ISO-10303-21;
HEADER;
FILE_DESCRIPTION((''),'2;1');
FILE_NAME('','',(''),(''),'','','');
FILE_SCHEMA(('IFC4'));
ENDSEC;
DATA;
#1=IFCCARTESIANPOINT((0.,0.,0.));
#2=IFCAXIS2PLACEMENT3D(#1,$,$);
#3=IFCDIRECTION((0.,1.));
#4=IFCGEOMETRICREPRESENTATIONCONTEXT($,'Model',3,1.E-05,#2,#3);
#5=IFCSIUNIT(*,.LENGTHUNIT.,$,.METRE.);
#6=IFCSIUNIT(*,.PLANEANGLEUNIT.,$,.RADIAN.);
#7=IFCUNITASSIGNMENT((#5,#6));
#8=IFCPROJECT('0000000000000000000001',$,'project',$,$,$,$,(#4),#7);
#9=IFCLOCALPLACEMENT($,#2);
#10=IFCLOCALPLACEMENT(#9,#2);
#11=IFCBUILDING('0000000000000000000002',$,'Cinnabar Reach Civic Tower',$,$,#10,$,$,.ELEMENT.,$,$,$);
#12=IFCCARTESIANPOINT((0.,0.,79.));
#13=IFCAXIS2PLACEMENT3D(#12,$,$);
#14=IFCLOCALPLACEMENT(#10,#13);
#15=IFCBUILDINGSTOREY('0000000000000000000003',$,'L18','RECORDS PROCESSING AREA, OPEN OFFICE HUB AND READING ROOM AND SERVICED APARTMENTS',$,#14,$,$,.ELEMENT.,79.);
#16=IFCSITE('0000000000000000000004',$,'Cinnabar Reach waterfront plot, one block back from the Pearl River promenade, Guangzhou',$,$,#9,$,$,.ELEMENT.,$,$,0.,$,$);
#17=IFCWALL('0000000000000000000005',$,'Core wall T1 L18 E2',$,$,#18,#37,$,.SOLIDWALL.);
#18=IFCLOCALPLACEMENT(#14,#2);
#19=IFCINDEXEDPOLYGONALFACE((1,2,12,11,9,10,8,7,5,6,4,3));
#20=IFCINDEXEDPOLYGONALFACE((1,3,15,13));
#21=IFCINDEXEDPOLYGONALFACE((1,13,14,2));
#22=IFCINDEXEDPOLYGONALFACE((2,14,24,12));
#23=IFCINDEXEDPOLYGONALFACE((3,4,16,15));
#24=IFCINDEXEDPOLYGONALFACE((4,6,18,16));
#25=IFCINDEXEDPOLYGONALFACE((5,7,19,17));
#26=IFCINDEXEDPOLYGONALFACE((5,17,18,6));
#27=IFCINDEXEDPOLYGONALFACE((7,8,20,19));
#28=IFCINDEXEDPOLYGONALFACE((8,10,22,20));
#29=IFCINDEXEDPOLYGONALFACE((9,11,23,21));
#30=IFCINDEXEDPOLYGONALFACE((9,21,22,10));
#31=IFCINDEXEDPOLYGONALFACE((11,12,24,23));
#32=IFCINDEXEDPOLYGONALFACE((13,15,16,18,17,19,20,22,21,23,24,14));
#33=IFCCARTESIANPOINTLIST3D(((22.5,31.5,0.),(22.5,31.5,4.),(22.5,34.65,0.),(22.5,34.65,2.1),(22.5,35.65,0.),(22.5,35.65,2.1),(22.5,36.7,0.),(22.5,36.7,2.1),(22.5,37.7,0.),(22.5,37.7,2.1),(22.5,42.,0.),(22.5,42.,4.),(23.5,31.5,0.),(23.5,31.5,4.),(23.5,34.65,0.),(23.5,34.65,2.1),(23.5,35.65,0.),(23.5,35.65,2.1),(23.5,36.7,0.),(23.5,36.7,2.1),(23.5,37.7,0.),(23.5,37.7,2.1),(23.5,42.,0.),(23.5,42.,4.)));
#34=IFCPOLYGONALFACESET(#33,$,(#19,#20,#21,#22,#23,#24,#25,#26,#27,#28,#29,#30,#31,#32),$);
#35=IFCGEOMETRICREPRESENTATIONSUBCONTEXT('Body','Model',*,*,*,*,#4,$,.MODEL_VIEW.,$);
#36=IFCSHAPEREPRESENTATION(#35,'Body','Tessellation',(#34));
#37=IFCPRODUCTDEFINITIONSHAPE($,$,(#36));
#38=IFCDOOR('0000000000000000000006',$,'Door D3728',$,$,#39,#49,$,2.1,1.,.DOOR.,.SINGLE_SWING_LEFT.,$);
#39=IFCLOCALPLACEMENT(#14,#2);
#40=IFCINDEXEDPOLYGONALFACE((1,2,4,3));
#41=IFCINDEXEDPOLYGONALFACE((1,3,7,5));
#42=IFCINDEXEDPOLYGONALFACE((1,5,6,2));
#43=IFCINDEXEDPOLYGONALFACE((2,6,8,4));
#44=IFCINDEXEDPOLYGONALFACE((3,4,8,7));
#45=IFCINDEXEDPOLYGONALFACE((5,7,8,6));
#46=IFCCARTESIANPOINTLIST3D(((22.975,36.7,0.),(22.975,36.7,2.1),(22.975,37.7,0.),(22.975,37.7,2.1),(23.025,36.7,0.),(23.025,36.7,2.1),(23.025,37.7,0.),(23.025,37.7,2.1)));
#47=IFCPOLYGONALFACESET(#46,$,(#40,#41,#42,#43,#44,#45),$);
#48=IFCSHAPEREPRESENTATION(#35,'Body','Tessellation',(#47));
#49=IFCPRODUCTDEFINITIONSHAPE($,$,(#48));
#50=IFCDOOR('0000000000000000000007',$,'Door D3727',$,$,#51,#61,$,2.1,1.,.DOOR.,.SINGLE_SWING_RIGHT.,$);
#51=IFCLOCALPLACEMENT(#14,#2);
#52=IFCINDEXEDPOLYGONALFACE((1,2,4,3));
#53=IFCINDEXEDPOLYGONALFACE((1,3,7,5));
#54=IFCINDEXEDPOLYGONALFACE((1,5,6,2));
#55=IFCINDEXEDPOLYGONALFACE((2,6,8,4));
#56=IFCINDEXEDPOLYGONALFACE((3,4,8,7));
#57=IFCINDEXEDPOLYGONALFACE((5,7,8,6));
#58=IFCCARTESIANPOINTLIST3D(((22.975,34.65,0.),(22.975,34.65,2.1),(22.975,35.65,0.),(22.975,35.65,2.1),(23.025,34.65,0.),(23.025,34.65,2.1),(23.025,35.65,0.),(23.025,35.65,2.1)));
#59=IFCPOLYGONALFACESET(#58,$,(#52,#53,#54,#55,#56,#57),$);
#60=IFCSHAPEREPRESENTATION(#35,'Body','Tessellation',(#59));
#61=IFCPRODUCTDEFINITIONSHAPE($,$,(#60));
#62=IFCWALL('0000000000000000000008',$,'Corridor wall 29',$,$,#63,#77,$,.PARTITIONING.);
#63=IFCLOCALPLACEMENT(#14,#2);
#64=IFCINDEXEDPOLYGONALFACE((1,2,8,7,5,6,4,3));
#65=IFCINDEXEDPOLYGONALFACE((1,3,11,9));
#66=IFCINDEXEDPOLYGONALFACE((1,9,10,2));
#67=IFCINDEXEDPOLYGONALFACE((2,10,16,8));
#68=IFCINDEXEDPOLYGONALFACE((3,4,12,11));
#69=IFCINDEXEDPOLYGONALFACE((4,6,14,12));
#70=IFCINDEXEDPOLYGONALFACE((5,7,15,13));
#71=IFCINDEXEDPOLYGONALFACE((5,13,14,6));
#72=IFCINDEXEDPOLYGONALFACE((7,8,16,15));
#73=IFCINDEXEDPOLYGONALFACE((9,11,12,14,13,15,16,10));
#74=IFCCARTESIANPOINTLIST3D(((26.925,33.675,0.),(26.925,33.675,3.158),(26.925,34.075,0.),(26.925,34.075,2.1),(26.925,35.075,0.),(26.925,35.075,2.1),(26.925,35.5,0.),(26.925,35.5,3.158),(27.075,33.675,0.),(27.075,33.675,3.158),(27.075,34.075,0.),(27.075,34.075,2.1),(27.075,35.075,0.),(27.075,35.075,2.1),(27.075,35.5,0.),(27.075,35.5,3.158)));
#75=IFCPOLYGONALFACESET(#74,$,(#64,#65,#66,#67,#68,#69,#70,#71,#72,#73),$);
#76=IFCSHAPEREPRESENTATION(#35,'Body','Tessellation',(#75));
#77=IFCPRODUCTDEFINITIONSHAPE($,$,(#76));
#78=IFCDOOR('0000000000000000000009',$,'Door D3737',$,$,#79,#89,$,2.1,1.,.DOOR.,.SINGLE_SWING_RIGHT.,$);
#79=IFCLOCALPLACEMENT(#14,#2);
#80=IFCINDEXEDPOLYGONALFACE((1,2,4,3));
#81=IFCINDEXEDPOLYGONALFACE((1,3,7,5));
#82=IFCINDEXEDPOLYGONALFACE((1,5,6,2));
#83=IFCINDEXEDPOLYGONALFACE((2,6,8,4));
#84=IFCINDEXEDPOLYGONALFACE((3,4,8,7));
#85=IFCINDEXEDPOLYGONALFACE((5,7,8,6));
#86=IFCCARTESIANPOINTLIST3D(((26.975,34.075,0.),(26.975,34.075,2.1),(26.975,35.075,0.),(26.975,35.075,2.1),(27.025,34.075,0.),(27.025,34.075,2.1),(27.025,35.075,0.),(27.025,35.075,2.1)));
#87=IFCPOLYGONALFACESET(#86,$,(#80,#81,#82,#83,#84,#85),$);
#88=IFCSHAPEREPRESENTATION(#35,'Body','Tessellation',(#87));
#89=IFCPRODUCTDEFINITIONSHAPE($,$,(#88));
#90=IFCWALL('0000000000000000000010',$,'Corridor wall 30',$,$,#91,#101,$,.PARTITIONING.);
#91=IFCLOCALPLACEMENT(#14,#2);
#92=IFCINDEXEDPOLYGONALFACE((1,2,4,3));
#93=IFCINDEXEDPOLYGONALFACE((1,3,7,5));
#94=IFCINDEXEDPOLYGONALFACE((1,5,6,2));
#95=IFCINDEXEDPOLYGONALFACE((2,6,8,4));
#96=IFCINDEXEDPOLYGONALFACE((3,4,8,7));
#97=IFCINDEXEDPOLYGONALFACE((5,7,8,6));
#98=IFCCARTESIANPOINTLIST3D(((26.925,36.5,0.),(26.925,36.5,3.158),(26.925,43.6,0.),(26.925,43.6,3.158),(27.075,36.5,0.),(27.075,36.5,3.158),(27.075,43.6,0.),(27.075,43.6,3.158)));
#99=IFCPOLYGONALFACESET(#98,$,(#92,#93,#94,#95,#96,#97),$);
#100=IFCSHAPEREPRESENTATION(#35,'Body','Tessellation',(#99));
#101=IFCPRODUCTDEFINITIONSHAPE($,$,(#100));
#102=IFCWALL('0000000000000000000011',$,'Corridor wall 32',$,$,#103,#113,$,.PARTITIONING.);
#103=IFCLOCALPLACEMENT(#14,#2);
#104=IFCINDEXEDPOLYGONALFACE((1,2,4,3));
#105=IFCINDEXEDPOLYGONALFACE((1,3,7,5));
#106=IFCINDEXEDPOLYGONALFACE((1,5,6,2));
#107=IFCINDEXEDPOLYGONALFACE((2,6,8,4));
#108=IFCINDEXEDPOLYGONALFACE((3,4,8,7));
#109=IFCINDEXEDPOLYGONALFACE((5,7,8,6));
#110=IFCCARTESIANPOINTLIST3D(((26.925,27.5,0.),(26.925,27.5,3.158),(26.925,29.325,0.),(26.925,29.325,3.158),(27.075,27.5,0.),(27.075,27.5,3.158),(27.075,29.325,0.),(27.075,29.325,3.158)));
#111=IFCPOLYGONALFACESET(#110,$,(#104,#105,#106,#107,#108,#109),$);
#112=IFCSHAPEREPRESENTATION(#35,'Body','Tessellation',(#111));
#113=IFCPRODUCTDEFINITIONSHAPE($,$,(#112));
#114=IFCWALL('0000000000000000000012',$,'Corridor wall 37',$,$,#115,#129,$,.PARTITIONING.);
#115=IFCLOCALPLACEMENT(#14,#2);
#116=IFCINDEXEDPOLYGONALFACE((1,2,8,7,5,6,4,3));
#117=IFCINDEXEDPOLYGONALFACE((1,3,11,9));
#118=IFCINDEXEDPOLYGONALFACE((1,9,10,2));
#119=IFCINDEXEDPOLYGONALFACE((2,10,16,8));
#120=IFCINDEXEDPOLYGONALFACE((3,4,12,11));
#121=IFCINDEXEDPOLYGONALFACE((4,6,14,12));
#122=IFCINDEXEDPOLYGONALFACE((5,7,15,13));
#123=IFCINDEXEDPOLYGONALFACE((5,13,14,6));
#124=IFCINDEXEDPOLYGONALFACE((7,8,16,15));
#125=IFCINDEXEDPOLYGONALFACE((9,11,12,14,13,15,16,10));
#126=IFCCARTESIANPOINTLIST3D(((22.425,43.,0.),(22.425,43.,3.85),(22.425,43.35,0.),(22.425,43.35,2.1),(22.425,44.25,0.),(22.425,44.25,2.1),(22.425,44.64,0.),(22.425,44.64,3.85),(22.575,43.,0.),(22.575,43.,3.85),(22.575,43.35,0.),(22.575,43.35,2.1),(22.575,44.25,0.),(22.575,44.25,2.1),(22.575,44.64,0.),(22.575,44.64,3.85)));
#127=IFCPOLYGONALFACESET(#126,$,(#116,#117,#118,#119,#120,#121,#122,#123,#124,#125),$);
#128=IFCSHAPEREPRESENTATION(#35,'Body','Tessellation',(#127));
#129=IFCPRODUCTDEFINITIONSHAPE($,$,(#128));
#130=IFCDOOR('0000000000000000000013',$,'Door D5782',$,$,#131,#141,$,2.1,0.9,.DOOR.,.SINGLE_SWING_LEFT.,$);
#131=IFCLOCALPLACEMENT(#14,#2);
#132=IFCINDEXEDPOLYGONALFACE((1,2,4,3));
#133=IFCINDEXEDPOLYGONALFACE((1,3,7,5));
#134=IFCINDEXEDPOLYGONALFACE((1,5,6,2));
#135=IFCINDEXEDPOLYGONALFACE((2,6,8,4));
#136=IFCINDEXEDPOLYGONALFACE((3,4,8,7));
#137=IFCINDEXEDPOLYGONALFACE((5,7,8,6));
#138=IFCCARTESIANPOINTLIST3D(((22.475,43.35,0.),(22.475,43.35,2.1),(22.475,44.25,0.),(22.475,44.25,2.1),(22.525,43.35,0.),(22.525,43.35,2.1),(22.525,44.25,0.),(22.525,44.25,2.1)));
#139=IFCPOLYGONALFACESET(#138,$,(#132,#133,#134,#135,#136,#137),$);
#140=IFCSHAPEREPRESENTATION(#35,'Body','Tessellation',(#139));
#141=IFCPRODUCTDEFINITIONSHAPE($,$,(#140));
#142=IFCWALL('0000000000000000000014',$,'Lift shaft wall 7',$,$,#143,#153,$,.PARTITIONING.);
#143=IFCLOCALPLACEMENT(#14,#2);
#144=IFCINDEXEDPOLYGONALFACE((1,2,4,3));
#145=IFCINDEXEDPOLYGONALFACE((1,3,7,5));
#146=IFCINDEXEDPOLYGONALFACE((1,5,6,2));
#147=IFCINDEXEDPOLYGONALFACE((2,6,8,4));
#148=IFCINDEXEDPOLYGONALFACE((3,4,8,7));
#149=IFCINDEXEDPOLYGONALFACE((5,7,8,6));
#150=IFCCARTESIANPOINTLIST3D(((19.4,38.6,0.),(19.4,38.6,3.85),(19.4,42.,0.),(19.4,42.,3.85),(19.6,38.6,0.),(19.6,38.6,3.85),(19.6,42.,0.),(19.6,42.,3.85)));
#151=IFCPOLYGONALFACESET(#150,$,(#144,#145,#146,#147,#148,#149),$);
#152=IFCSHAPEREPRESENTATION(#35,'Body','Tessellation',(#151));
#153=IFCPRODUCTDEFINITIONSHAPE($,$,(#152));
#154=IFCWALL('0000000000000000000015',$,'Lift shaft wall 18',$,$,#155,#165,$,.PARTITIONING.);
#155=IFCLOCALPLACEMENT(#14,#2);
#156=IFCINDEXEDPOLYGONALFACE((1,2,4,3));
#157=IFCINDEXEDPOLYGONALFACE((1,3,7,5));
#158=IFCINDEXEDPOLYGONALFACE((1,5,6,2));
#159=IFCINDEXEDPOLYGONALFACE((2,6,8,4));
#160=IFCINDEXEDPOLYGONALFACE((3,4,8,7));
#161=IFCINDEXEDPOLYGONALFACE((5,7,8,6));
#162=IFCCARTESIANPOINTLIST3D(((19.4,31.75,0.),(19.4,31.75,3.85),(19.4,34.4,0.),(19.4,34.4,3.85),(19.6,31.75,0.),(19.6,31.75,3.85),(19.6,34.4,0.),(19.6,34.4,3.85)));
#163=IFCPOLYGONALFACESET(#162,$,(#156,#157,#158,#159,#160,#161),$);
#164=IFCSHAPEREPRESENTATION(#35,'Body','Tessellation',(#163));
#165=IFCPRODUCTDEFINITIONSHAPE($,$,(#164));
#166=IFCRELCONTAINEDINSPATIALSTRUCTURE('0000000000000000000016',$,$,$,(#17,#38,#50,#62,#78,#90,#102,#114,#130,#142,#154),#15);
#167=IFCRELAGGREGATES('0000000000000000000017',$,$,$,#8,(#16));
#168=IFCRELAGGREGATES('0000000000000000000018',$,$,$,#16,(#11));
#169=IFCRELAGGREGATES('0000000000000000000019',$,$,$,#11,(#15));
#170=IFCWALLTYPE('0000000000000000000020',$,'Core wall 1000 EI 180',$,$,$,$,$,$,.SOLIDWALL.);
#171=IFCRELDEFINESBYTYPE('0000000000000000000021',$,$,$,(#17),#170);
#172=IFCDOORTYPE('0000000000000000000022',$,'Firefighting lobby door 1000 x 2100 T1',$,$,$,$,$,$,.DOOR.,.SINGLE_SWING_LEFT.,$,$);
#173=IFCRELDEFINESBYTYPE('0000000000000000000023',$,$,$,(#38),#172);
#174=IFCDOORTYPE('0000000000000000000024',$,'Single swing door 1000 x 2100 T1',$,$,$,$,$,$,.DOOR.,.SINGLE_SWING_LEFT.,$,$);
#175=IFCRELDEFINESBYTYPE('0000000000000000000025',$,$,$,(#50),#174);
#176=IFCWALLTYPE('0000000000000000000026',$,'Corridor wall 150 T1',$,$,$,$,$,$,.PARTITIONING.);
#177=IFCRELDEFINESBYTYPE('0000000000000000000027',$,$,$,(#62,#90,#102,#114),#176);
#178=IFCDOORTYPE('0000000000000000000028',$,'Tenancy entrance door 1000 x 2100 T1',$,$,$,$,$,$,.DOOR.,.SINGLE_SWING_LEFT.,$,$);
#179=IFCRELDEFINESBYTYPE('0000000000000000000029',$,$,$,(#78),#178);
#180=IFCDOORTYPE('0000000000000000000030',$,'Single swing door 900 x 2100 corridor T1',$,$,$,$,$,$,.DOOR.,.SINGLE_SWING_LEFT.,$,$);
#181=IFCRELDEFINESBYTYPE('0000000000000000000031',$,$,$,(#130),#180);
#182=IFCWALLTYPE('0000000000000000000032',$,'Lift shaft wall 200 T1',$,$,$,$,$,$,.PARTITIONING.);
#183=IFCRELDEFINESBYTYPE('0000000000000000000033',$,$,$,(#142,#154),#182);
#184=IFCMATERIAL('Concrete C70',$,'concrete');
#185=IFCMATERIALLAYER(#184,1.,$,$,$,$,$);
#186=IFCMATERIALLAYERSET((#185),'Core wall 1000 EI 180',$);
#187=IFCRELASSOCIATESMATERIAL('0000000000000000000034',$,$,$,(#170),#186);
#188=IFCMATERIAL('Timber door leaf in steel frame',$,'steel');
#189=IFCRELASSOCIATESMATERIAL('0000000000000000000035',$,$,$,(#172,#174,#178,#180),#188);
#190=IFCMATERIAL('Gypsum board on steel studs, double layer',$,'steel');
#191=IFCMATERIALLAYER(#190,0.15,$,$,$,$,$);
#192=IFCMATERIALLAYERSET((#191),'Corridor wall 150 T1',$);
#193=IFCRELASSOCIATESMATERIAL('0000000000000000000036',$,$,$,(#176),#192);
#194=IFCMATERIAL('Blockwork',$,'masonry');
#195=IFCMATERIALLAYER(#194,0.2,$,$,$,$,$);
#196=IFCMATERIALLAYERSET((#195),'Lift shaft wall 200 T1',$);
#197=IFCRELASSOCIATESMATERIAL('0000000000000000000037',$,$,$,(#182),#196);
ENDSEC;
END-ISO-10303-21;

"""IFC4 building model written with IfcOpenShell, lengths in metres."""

from ifc_helpers import new_model, si_unit, direction, frame, frame_2d, origin, place, context, subcontext, project, spatial, rectangle, extrude, material, layer, layer_set, type_object, element, fill, save


model = new_model("IFC4")

# Units and contexts
model_context = context("Model", 3, precision=1e-05, world=origin(), true_north=direction((0.0, 1.0)))
body_context = subcontext(model_context, "Body", "Model", "MODEL_VIEW")
ifc_project = project(units=[si_unit("LENGTHUNIT", "METRE"), si_unit("PLANEANGLEUNIT", "RADIAN")], contexts=[model_context])

# Site, building, storey
site_placement = place(None, origin())
site = spatial("IfcSite", under=ifc_project, at=site_placement, Name="Cinnabar Reach waterfront plot, one block back from the Pearl River promenade, Guangzhou", CompositionType="ELEMENT", RefElevation=0.0)
building_placement = place(site_placement, origin())
building = spatial("IfcBuilding", under=site, at=building_placement, Name="Cinnabar Reach Civic Tower", CompositionType="ELEMENT")
storey_placement = place(building_placement, frame((0.0, 0.0, 79.0)))
storey = spatial("IfcBuildingStorey", under=building, at=storey_placement, Name="L18", Description="RECORDS PROCESSING AREA, OPEN OFFICE HUB AND READING ROOM AND SERVICED APARTMENTS", CompositionType="ELEMENT", Elevation=79.0)

# Shared definitions
ifc_material_1 = material(Name="Concrete C70", Category="concrete")

# Shared definitions
ifc_layer_1 = layer(ifc_material_1, 1.0)
ifc_layer_set_1 = layer_set([ifc_layer_1], Name="Core wall 1000 EI 180")
wall_type_1 = type_object("IfcWallType", Name="Core wall 1000 EI 180", PredefinedType="SOLIDWALL", material=ifc_layer_set_1)

# Wall, openings, doors
wall_1_placement = place(storey_placement, frame((23.0, 31.5, 0.0), z_axis=(0.0, 0.0, 1.0), x_axis=(0.0, 1.0, 0.0)))
wall_1 = element("IfcWall", 1, at=wall_1_placement, inside=storey, type_object=wall_type_1, Name="Core wall T1 L18 E2", PredefinedType="SOLIDWALL", context=body_context, shape_type="SweptSolid", body=[
    extrude(rectangle(XDim=10.5, YDim=1.0, at=frame_2d((5.25, 0.0))), origin(), (0.0, 0.0, 1.0), 4.0),
])
opening_1_placement = place(wall_1_placement, frame((3.15, 0.0, 0.0)))
opening_1 = element("IfcOpeningElement", 2, at=opening_1_placement, cuts=wall_1, PredefinedType="OPENING", context=body_context, shape_type="SweptSolid", body=[
    extrude(rectangle(XDim=1.0, YDim=2.1, at=frame_2d((0.5, 1.05))), frame((0.0, 0.51, 0.0), z_axis=(0.0, -1.0, 0.0), x_axis=(1.0, 0.0, 0.0)), (0.0, 0.0, 1.0), 1.02),
])
opening_2_placement = place(wall_1_placement, frame((5.2, 0.0, 0.0)))
opening_2 = element("IfcOpeningElement", 3, at=opening_2_placement, cuts=wall_1, PredefinedType="OPENING", context=body_context, shape_type="SweptSolid", body=[
    extrude(rectangle(XDim=1.0, YDim=2.1, at=frame_2d((0.5, 1.05))), frame((0.0, 0.51, 0.0), z_axis=(0.0, -1.0, 0.0), x_axis=(1.0, 0.0, 0.0)), (0.0, 0.0, 1.0), 1.02),
])
ifc_material_2 = material(Name="Timber door leaf in steel frame", Category="steel")
door_type_1 = type_object("IfcDoorType", Name="Firefighting lobby door 1000 x 2100 T1", OperationType="SINGLE_SWING_LEFT", PredefinedType="DOOR", material=ifc_material_2)
door_1_placement = place(opening_2_placement, origin())
door_1 = element("IfcDoor", 4, at=door_1_placement, inside=storey, type_object=door_type_1, Name="Door D3728", OperationType="SINGLE_SWING_LEFT", OverallHeight=2.1, OverallWidth=1.0, PredefinedType="DOOR", context=body_context, shape_type="SweptSolid", body=[
    extrude(rectangle(XDim=1.0, YDim=2.1, at=frame_2d((0.5, 1.05))), frame((0.0, 0.025, 0.0), z_axis=(0.0, -1.0, 0.0), x_axis=(1.0, 0.0, 0.0)), (0.0, 0.0, 1.0), 0.05),
])
fill(opening_2, door_1)
door_type_2 = type_object("IfcDoorType", Name="Single swing door 1000 x 2100 T1", OperationType="SINGLE_SWING_LEFT", PredefinedType="DOOR", material=ifc_material_2)
door_2_placement = place(opening_1_placement, origin())
door_2 = element("IfcDoor", 5, at=door_2_placement, inside=storey, type_object=door_type_2, Name="Door D3727", OperationType="SINGLE_SWING_RIGHT", OverallHeight=2.1, OverallWidth=1.0, PredefinedType="DOOR", context=body_context, shape_type="SweptSolid", body=[
    extrude(rectangle(XDim=1.0, YDim=2.1, at=frame_2d((0.5, 1.05))), frame((0.0, 0.025, 0.0), z_axis=(0.0, -1.0, 0.0), x_axis=(1.0, 0.0, 0.0)), (0.0, 0.0, 1.0), 0.05),
])
fill(opening_1, door_2)

# Wall, opening, door
ifc_material_3 = material(Name="Gypsum board on steel studs, double layer", Category="steel")
ifc_layer_2 = layer(ifc_material_3, 0.15)
ifc_layer_set_2 = layer_set([ifc_layer_2], Name="Corridor wall 150 T1")
wall_type_2 = type_object("IfcWallType", Name="Corridor wall 150 T1", PredefinedType="PARTITIONING", material=ifc_layer_set_2)
wall_2_placement = place(storey_placement, frame((27.0, 33.675, 0.0), z_axis=(0.0, 0.0, 1.0), x_axis=(0.0, 1.0, 0.0)))
wall_2 = element("IfcWall", 6, at=wall_2_placement, inside=storey, type_object=wall_type_2, Name="Corridor wall 29", PredefinedType="PARTITIONING", context=body_context, shape_type="SweptSolid", body=[
    extrude(rectangle(XDim=1.825, YDim=0.15, at=frame_2d((0.9125, 0.0))), origin(), (0.0, 0.0, 1.0), 3.158),
])
opening_3_placement = place(wall_2_placement, frame((0.4, 0.0, 0.0)))
opening_3 = element("IfcOpeningElement", 7, at=opening_3_placement, cuts=wall_2, PredefinedType="OPENING", context=body_context, shape_type="SweptSolid", body=[
    extrude(rectangle(XDim=1.0, YDim=2.1, at=frame_2d((0.5, 1.05))), frame((0.0, 0.085, 0.0), z_axis=(0.0, -1.0, 0.0), x_axis=(1.0, 0.0, 0.0)), (0.0, 0.0, 1.0), 0.17),
])
door_type_3 = type_object("IfcDoorType", Name="Tenancy entrance door 1000 x 2100 T1", OperationType="SINGLE_SWING_LEFT", PredefinedType="DOOR", material=ifc_material_2)
door_3_placement = place(opening_3_placement, frame((1.0, 0.0, 0.0), z_axis=(0.0, 0.0, 1.0), x_axis=(-1.0, 0.0, 0.0)))
door_3 = element("IfcDoor", 8, at=door_3_placement, inside=storey, type_object=door_type_3, Name="Door D3737", OperationType="SINGLE_SWING_RIGHT", OverallHeight=2.1, OverallWidth=1.0, PredefinedType="DOOR", context=body_context, shape_type="SweptSolid", body=[
    extrude(rectangle(XDim=1.0, YDim=2.1, at=frame_2d((0.5, 1.05))), frame((0.0, 0.025, 0.0), z_axis=(0.0, -1.0, 0.0), x_axis=(1.0, 0.0, 0.0)), (0.0, 0.0, 1.0), 0.05),
])
fill(opening_3, door_3)

# Walls
wall_3_placement = place(storey_placement, frame((27.0, 36.5, 0.0), z_axis=(0.0, 0.0, 1.0), x_axis=(0.0, 1.0, 0.0)))
element("IfcWall", 9, at=wall_3_placement, inside=storey, type_object=wall_type_2, Name="Corridor wall 30", PredefinedType="PARTITIONING", context=body_context, shape_type="SweptSolid", body=[
    extrude(rectangle(XDim=7.1, YDim=0.15, at=frame_2d((3.55, 0.0))), origin(), (0.0, 0.0, 1.0), 3.158),
])
wall_4_placement = place(storey_placement, frame((27.0, 27.5, 0.0), z_axis=(0.0, 0.0, 1.0), x_axis=(0.0, 1.0, 0.0)))
element("IfcWall", 10, at=wall_4_placement, inside=storey, type_object=wall_type_2, Name="Corridor wall 32", PredefinedType="PARTITIONING", context=body_context, shape_type="SweptSolid", body=[
    extrude(rectangle(XDim=1.825, YDim=0.15, at=frame_2d((0.9125, 0.0))), origin(), (0.0, 0.0, 1.0), 3.158),
])

# Wall, opening, door
wall_5_placement = place(storey_placement, frame((22.5, 43.0, 0.0), z_axis=(0.0, 0.0, 1.0), x_axis=(0.0, 1.0, 0.0)))
wall_5 = element("IfcWall", 11, at=wall_5_placement, inside=storey, type_object=wall_type_2, Name="Corridor wall 37", PredefinedType="PARTITIONING", context=body_context, shape_type="SweptSolid", body=[
    extrude(rectangle(XDim=1.64, YDim=0.15, at=frame_2d((0.82, 0.0))), origin(), (0.0, 0.0, 1.0), 3.85),
])
opening_4_placement = place(wall_5_placement, frame((0.35, 0.0, 0.0)))
opening_4 = element("IfcOpeningElement", 12, at=opening_4_placement, cuts=wall_5, PredefinedType="OPENING", context=body_context, shape_type="SweptSolid", body=[
    extrude(rectangle(XDim=0.9, YDim=2.1, at=frame_2d((0.45, 1.05))), frame((0.0, 0.085, 0.0), z_axis=(0.0, -1.0, 0.0), x_axis=(1.0, 0.0, 0.0)), (0.0, 0.0, 1.0), 0.17),
])
door_type_4 = type_object("IfcDoorType", Name="Single swing door 900 x 2100 corridor T1", OperationType="SINGLE_SWING_LEFT", PredefinedType="DOOR", material=ifc_material_2)
door_4_placement = place(opening_4_placement, origin())
door_4 = element("IfcDoor", 13, at=door_4_placement, inside=storey, type_object=door_type_4, Name="Door D5782", OperationType="SINGLE_SWING_LEFT", OverallHeight=2.1, OverallWidth=0.9, PredefinedType="DOOR", context=body_context, shape_type="SweptSolid", body=[
    extrude(rectangle(XDim=0.9, YDim=2.1, at=frame_2d((0.45, 1.05))), frame((0.0, 0.025, 0.0), z_axis=(0.0, -1.0, 0.0), x_axis=(1.0, 0.0, 0.0)), (0.0, 0.0, 1.0), 0.05),
])
fill(opening_4, door_4)

# Walls
ifc_material_4 = material(Name="Blockwork", Category="masonry")
ifc_layer_3 = layer(ifc_material_4, 0.2)
ifc_layer_set_3 = layer_set([ifc_layer_3], Name="Lift shaft wall 200 T1")
wall_type_3 = type_object("IfcWallType", Name="Lift shaft wall 200 T1", PredefinedType="PARTITIONING", material=ifc_layer_set_3)
wall_6_placement = place(storey_placement, frame((19.5, 38.6, 0.0), z_axis=(0.0, 0.0, 1.0), x_axis=(0.0, 1.0, 0.0)))
element("IfcWall", 14, at=wall_6_placement, inside=storey, type_object=wall_type_3, Name="Lift shaft wall 7", PredefinedType="PARTITIONING", context=body_context, shape_type="SweptSolid", body=[
    extrude(rectangle(XDim=3.4, YDim=0.2, at=frame_2d((1.7, 0.0))), origin(), (0.0, 0.0, 1.0), 3.85),
])
wall_7_placement = place(storey_placement, frame((19.5, 31.75, 0.0), z_axis=(0.0, 0.0, 1.0), x_axis=(0.0, 1.0, 0.0)))
element("IfcWall", 15, at=wall_7_placement, inside=storey, type_object=wall_type_3, Name="Lift shaft wall 18", PredefinedType="PARTITIONING", context=body_context, shape_type="SweptSolid", body=[
    extrude(rectangle(XDim=2.65, YDim=0.2, at=frame_2d((1.325, 0.0))), origin(), (0.0, 0.0, 1.0), 3.85),
])

save(model, "model.ifc")
